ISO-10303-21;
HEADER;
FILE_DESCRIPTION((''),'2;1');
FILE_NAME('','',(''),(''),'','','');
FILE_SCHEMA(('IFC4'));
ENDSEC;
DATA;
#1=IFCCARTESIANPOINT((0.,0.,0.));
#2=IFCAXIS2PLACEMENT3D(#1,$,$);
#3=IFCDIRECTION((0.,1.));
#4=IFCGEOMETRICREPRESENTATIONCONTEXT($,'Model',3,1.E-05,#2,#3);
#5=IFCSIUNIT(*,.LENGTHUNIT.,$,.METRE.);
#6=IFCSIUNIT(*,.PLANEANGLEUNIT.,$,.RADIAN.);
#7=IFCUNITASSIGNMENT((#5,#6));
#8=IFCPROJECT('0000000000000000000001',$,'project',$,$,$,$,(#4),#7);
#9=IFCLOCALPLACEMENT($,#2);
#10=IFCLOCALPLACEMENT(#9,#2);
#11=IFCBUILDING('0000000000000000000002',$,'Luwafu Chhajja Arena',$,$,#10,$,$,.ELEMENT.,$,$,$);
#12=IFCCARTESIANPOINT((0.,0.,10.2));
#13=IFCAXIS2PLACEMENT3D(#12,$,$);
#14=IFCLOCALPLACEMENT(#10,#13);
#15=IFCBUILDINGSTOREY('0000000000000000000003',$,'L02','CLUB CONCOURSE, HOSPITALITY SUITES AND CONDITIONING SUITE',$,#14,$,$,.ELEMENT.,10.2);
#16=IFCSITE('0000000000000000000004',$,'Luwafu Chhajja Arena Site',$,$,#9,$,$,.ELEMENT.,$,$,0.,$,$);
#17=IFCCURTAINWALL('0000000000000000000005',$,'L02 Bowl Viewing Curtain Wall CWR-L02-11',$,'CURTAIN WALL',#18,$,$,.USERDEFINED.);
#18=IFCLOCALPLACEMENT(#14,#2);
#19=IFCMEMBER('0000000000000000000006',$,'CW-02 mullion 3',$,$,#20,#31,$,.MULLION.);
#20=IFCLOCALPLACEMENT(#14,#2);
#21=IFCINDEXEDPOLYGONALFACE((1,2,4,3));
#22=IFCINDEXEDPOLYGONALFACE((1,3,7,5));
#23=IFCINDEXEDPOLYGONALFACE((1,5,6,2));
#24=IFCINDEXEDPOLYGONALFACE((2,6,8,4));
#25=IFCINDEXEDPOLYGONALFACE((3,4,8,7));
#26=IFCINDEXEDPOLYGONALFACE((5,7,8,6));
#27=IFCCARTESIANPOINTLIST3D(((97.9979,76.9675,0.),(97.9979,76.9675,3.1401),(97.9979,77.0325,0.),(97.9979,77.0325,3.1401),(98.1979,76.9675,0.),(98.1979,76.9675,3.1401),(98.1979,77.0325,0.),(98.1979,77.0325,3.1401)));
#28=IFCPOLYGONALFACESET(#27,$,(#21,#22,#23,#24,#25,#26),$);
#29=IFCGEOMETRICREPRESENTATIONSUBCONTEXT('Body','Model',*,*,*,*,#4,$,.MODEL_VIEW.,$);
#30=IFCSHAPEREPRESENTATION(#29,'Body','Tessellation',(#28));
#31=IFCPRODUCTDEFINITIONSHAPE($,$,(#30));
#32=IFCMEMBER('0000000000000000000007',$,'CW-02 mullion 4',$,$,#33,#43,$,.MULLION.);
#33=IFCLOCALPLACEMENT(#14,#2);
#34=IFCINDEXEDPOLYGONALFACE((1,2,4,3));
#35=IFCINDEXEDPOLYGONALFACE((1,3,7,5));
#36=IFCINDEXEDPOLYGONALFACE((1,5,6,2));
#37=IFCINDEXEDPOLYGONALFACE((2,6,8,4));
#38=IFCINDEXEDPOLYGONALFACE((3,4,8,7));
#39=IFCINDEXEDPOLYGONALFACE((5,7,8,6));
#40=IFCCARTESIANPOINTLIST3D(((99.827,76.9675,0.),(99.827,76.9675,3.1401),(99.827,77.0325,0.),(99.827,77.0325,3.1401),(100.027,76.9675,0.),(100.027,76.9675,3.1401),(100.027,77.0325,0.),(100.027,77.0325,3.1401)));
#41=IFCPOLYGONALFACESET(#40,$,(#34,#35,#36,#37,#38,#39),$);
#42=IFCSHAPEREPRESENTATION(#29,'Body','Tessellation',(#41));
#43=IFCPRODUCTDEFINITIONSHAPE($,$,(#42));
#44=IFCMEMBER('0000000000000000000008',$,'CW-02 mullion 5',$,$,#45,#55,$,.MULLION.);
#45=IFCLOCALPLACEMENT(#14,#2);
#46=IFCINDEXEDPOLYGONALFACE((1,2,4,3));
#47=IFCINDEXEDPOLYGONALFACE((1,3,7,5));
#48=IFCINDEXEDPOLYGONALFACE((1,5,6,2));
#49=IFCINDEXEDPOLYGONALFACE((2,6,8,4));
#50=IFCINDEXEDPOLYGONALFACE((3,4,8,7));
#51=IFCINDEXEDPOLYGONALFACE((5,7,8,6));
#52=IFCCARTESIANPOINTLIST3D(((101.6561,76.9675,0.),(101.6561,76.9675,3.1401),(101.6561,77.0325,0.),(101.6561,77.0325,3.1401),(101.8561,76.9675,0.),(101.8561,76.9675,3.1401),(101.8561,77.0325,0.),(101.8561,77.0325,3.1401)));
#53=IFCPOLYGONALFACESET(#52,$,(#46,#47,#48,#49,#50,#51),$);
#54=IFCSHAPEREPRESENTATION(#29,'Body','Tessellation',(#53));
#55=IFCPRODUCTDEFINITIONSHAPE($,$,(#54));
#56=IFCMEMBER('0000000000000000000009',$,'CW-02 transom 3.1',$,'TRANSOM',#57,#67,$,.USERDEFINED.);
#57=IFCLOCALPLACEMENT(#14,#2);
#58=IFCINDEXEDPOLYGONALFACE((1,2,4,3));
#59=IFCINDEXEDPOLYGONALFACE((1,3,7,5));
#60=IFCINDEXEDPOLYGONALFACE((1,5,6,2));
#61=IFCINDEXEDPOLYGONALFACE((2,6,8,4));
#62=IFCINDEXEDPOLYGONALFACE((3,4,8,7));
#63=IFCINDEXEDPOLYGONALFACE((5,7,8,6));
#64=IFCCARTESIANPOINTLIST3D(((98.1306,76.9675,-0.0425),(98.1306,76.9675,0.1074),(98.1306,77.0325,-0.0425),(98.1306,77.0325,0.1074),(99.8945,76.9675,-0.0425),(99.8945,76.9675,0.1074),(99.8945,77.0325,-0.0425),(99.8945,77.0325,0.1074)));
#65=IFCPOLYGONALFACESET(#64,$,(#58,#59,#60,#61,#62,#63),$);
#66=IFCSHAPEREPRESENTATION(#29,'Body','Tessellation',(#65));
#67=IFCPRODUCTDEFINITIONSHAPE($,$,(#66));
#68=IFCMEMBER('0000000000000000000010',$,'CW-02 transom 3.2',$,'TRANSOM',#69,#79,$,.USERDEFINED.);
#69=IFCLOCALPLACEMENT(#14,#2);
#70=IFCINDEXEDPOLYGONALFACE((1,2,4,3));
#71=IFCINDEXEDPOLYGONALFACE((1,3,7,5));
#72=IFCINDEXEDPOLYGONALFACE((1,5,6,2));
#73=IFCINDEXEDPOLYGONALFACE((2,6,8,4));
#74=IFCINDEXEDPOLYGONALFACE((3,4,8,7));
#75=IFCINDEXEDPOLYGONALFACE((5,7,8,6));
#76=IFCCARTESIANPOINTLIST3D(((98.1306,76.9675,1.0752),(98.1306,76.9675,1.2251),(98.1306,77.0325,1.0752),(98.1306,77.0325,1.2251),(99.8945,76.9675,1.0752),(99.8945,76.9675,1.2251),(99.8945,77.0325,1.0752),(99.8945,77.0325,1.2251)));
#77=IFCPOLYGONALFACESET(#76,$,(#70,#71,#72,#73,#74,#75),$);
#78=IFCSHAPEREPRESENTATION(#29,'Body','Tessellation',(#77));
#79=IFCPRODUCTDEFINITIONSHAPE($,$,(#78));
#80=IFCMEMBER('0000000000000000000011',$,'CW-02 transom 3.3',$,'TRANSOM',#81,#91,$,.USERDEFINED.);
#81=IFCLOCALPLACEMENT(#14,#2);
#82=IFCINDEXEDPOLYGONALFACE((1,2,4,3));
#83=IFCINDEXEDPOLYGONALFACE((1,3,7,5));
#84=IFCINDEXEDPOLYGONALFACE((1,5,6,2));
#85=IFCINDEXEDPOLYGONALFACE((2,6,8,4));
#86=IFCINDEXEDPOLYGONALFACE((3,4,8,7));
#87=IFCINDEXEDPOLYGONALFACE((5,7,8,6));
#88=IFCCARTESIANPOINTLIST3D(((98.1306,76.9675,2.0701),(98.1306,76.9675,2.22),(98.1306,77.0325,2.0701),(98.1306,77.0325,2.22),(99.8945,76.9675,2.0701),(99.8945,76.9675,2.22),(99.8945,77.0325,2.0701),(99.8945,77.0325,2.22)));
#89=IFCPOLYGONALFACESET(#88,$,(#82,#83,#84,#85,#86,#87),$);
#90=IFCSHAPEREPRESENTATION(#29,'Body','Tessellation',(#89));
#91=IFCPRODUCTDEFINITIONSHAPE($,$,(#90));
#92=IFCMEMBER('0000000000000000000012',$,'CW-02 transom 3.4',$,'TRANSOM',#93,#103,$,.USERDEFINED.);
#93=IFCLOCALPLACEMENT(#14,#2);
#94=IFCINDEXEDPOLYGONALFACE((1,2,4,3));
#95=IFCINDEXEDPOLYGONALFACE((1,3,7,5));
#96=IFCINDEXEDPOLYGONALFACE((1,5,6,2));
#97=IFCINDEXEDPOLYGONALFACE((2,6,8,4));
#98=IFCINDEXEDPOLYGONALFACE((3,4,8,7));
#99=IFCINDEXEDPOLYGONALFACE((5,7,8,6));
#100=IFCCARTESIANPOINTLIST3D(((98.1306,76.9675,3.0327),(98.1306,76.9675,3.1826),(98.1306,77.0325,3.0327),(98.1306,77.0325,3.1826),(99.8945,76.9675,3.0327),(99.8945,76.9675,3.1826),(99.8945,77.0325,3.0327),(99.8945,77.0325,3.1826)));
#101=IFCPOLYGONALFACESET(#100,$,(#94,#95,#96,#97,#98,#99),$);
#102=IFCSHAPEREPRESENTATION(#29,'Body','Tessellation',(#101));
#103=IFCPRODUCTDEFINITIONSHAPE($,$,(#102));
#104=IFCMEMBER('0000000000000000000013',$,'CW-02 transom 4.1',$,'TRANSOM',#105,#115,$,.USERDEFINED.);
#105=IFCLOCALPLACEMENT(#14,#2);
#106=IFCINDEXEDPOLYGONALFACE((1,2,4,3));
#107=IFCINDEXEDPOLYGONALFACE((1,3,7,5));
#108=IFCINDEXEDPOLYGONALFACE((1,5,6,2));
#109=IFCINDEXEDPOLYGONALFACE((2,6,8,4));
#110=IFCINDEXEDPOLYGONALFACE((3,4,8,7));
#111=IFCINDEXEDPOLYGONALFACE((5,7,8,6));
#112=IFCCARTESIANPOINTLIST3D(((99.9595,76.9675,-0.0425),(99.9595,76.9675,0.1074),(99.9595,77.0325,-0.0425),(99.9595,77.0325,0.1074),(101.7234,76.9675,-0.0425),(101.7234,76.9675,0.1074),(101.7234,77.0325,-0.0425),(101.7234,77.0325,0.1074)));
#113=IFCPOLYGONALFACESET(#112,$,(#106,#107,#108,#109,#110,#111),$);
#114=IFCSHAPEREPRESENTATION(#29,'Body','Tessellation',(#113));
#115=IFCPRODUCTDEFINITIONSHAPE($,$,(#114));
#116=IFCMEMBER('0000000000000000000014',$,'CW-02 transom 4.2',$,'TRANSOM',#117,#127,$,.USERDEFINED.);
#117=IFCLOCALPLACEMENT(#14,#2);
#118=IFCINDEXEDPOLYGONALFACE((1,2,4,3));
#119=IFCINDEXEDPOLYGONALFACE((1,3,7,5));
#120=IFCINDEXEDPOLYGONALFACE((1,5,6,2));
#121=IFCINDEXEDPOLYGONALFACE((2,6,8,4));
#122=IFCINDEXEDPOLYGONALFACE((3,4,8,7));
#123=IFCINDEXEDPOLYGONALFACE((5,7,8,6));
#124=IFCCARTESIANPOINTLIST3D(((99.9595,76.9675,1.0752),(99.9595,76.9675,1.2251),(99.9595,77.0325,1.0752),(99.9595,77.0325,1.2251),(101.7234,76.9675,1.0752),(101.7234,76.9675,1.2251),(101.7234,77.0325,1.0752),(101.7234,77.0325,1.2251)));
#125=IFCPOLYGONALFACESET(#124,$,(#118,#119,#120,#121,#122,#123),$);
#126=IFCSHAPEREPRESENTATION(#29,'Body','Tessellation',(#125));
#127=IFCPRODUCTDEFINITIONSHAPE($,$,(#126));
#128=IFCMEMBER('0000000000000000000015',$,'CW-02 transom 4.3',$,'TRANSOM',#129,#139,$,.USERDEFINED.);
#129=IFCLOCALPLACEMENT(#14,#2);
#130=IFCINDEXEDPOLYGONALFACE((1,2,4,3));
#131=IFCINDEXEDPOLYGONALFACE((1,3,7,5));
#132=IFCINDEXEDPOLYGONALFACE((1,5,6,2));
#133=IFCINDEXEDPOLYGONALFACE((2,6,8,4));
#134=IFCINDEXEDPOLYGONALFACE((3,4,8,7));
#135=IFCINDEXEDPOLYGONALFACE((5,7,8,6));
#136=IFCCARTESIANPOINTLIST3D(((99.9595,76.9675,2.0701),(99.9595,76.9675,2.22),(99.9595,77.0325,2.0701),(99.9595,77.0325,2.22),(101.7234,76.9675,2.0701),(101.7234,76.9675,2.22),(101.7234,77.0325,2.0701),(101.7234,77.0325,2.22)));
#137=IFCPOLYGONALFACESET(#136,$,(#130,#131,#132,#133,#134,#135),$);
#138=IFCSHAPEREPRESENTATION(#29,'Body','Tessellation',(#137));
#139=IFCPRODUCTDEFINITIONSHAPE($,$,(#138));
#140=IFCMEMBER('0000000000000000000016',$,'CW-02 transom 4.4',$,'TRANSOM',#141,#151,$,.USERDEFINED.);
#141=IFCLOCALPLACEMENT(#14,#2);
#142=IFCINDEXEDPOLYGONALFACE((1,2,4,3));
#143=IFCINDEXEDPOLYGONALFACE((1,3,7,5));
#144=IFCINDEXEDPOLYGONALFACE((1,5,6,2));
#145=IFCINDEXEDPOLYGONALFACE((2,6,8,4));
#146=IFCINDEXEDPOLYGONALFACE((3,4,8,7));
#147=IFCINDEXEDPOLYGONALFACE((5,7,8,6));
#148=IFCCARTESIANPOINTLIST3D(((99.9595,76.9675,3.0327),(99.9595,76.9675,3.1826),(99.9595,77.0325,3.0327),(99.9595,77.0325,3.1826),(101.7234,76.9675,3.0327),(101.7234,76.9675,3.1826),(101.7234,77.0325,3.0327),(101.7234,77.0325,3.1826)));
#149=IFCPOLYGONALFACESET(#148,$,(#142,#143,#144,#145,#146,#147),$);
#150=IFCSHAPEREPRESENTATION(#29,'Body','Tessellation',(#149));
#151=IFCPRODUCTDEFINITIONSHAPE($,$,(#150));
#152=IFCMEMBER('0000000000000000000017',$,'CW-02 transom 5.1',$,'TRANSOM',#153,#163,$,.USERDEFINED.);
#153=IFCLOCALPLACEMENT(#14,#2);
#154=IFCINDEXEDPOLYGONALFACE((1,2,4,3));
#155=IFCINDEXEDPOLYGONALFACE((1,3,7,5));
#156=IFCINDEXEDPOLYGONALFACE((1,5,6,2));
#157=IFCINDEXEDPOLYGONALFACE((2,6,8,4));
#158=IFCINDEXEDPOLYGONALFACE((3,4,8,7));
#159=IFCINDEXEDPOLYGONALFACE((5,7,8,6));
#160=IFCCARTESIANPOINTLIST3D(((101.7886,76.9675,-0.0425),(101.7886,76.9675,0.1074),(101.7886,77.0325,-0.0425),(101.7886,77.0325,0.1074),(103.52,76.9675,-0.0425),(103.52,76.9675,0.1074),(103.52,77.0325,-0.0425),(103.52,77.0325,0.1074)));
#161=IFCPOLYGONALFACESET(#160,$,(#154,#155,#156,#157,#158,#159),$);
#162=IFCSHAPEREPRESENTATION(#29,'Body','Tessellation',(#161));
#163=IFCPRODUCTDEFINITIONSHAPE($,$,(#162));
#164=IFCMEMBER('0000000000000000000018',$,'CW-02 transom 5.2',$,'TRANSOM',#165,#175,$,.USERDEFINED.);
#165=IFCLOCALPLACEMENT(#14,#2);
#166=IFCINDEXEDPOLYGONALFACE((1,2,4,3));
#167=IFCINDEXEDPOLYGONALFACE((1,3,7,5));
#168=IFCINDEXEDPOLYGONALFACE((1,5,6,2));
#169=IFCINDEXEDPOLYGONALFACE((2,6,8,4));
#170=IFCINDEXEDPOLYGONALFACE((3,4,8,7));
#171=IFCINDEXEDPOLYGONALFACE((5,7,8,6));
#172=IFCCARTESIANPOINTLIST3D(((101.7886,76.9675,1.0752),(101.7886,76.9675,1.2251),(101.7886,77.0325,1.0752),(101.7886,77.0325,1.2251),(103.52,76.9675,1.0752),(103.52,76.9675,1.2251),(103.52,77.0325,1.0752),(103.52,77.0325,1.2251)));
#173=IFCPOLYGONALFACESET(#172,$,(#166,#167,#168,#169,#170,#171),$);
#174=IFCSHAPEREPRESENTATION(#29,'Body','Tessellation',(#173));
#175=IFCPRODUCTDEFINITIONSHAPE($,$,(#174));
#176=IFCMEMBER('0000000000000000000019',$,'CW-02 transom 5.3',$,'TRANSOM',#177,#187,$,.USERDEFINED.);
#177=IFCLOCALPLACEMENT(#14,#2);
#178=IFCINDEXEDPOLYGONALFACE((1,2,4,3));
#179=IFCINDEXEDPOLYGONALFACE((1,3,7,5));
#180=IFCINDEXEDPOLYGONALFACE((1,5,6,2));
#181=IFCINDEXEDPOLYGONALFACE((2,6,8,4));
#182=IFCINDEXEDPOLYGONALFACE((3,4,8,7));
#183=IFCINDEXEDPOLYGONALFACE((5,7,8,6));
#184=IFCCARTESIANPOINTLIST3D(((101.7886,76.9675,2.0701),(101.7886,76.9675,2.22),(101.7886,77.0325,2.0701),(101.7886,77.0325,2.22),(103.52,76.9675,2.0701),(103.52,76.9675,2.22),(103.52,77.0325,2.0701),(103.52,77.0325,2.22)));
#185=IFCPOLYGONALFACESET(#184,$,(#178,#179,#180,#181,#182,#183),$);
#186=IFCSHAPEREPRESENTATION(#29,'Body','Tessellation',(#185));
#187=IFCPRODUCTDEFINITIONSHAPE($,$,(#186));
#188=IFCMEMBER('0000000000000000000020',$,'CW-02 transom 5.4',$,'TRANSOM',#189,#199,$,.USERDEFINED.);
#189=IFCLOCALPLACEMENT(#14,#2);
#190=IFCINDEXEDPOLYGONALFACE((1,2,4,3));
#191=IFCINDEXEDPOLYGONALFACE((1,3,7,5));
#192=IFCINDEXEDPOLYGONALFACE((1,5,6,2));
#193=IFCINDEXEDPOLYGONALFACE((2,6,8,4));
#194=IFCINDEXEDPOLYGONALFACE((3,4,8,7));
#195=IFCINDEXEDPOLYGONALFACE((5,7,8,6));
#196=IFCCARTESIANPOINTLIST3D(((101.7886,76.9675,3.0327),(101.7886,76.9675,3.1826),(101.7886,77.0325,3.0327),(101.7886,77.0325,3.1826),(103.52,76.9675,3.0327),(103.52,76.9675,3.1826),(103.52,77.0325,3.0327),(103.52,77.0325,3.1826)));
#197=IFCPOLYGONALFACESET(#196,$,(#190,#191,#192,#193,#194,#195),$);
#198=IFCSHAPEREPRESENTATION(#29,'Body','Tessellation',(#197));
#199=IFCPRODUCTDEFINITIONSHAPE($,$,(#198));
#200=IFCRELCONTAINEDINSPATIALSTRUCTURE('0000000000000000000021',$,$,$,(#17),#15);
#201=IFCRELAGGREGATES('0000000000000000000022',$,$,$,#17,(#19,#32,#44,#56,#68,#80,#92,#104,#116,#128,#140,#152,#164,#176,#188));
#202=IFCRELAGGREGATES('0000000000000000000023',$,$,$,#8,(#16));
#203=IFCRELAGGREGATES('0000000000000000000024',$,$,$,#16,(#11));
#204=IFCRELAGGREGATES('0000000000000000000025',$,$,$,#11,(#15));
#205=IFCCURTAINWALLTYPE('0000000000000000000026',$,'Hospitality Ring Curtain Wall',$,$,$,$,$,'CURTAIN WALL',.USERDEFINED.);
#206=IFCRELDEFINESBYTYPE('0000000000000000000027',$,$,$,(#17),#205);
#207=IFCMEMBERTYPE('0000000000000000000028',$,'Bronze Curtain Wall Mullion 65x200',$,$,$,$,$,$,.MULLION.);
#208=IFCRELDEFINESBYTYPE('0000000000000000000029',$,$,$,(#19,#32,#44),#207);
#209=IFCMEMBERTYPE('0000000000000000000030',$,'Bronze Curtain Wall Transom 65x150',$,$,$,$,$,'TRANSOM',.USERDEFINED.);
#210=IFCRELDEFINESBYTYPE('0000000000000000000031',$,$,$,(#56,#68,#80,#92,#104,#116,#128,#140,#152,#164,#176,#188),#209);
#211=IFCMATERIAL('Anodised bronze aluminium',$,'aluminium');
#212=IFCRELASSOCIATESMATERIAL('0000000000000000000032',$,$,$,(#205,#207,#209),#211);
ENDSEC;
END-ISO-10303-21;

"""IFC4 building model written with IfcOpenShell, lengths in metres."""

from ifc_helpers import new_model, si_unit, direction, frame, origin, origin_2d, place, context, subcontext, project, spatial, rectangle, extrude, material, material_profile, profile_set, type_object, element, aggregate, save


model = new_model("IFC4")

# Units and contexts
model_context = context("Model", 3, precision=1e-05, world=origin(), true_north=direction((0.0, 1.0)))
body_context = subcontext(model_context, "Body", "Model", "MODEL_VIEW")
ifc_project = project(units=[si_unit("LENGTHUNIT", "METRE"), si_unit("PLANEANGLEUNIT", "RADIAN")], contexts=[model_context])

# Site, building, storey
site_placement = place(None, origin())
site = spatial("IfcSite", under=ifc_project, at=site_placement, Name="Luwafu Chhajja Arena Site", CompositionType="ELEMENT", RefElevation=0.0)
building_placement = place(site_placement, origin())
building = spatial("IfcBuilding", under=site, at=building_placement, Name="Luwafu Chhajja Arena", CompositionType="ELEMENT")
storey_placement = place(building_placement, frame((0.0, 0.0, 10.2)))
storey = spatial("IfcBuildingStorey", under=building, at=storey_placement, Name="L02", Description="CLUB CONCOURSE, HOSPITALITY SUITES AND CONDITIONING SUITE", CompositionType="ELEMENT", Elevation=10.2)

# Curtain wall, members
ifc_material_1 = material(Name="Anodised bronze aluminium", Category="aluminium")
curtain_wall_type = type_object("IfcCurtainWallType", Name="Hospitality Ring Curtain Wall", ElementType="CURTAIN WALL", PredefinedType="USERDEFINED", material=ifc_material_1)
curtain_wall_placement = place(storey_placement, origin())
curtain_wall = element("IfcCurtainWall", 1, at=curtain_wall_placement, inside=storey, type_object=curtain_wall_type, Name="L02 Bowl Viewing Curtain Wall CWR-L02-11", ObjectType="CURTAIN WALL", PredefinedType="USERDEFINED")
ifc_material_profile_1 = material_profile(ifc_material_1, rectangle(XDim=0.0649, YDim=0.2, at=origin_2d()), Name="CWM 65x200")
ifc_profile_set_1 = profile_set([ifc_material_profile_1], Name="Anodised bronze aluminium")
member_type_1 = type_object("IfcMemberType", Name="Bronze Curtain Wall Mullion 65x200", PredefinedType="MULLION", material=ifc_profile_set_1)
member_1_placement = place(storey_placement, frame((98.0979, 77.0, 0.0), z_axis=(0.0, 0.0, 1.0), x_axis=(0.0, 1.0, 0.0)))
member_1 = element("IfcMember", 2, at=member_1_placement, type_object=member_type_1, Name="CW-02 mullion 3", PredefinedType="MULLION", context=body_context, shape_type="SweptSolid", body=[
    extrude(rectangle(XDim=0.0649, YDim=0.2, at=origin_2d()), origin(), (0.0, 0.0, 1.0), 3.1401),
])
member_2_placement = place(storey_placement, frame((99.927, 77.0, 0.0), z_axis=(0.0, 0.0, 1.0), x_axis=(0.0, 1.0, 0.0)))
member_2 = element("IfcMember", 3, at=member_2_placement, type_object=member_type_1, Name="CW-02 mullion 4", PredefinedType="MULLION", context=body_context, shape_type="SweptSolid", body=[
    extrude(rectangle(XDim=0.0649, YDim=0.2, at=origin_2d()), origin(), (0.0, 0.0, 1.0), 3.1401),
])
member_3_placement = place(storey_placement, frame((101.7561, 77.0, 0.0), z_axis=(0.0, 0.0, 1.0), x_axis=(0.0, 1.0, 0.0)))
member_3 = element("IfcMember", 4, at=member_3_placement, type_object=member_type_1, Name="CW-02 mullion 5", PredefinedType="MULLION", context=body_context, shape_type="SweptSolid", body=[
    extrude(rectangle(XDim=0.0649, YDim=0.2, at=origin_2d()), origin(), (0.0, 0.0, 1.0), 3.1401),
])
ifc_material_profile_2 = material_profile(ifc_material_1, rectangle(XDim=0.0649, YDim=0.1499, at=origin_2d()), Name="CWT 65x150")
ifc_profile_set_2 = profile_set([ifc_material_profile_2], Name="Anodised bronze aluminium")
member_type_2 = type_object("IfcMemberType", Name="Bronze Curtain Wall Transom 65x150", ElementType="TRANSOM", PredefinedType="USERDEFINED", material=ifc_profile_set_2)
member_4_placement = place(storey_placement, frame((98.1306, 77.0, 0.0325), z_axis=(1.0, 0.0, 0.0), x_axis=(0.0, 1.0, 0.0)))
member_4 = element("IfcMember", 5, at=member_4_placement, type_object=member_type_2, Name="CW-02 transom 3.1", ObjectType="TRANSOM", PredefinedType="USERDEFINED", context=body_context, shape_type="SweptSolid", body=[
    extrude(rectangle(XDim=0.0649, YDim=0.1499, at=origin_2d()), origin(), (0.0, 0.0, 1.0), 1.7639),
])
member_5_placement = place(storey_placement, frame((98.1306, 77.0, 1.1501), z_axis=(1.0, 0.0, 0.0), x_axis=(0.0, 1.0, 0.0)))
member_5 = element("IfcMember", 6, at=member_5_placement, type_object=member_type_2, Name="CW-02 transom 3.2", ObjectType="TRANSOM", PredefinedType="USERDEFINED", context=body_context, shape_type="SweptSolid", body=[
    extrude(rectangle(XDim=0.0649, YDim=0.1499, at=origin_2d()), origin(), (0.0, 0.0, 1.0), 1.7639),
])
member_6_placement = place(storey_placement, frame((98.1306, 77.0, 2.145), z_axis=(1.0, 0.0, 0.0), x_axis=(0.0, 1.0, 0.0)))
member_6 = element("IfcMember", 7, at=member_6_placement, type_object=member_type_2, Name="CW-02 transom 3.3", ObjectType="TRANSOM", PredefinedType="USERDEFINED", context=body_context, shape_type="SweptSolid", body=[
    extrude(rectangle(XDim=0.0649, YDim=0.1499, at=origin_2d()), origin(), (0.0, 0.0, 1.0), 1.7639),
])
member_7_placement = place(storey_placement, frame((98.1306, 77.0, 3.1077), z_axis=(1.0, 0.0, 0.0), x_axis=(0.0, 1.0, 0.0)))
member_7 = element("IfcMember", 8, at=member_7_placement, type_object=member_type_2, Name="CW-02 transom 3.4", ObjectType="TRANSOM", PredefinedType="USERDEFINED", context=body_context, shape_type="SweptSolid", body=[
    extrude(rectangle(XDim=0.0649, YDim=0.1499, at=origin_2d()), origin(), (0.0, 0.0, 1.0), 1.7639),
])
member_8_placement = place(storey_placement, frame((99.9595, 77.0, 0.0325), z_axis=(1.0, 0.0, 0.0), x_axis=(0.0, 1.0, 0.0)))
member_8 = element("IfcMember", 9, at=member_8_placement, type_object=member_type_2, Name="CW-02 transom 4.1", ObjectType="TRANSOM", PredefinedType="USERDEFINED", context=body_context, shape_type="SweptSolid", body=[
    extrude(rectangle(XDim=0.0649, YDim=0.1499, at=origin_2d()), origin(), (0.0, 0.0, 1.0), 1.7639),
])
member_9_placement = place(storey_placement, frame((99.9595, 77.0, 1.1501), z_axis=(1.0, 0.0, 0.0), x_axis=(0.0, 1.0, 0.0)))
member_9 = element("IfcMember", 10, at=member_9_placement, type_object=member_type_2, Name="CW-02 transom 4.2", ObjectType="TRANSOM", PredefinedType="USERDEFINED", context=body_context, shape_type="SweptSolid", body=[
    extrude(rectangle(XDim=0.0649, YDim=0.1499, at=origin_2d()), origin(), (0.0, 0.0, 1.0), 1.7639),
])
member_10_placement = place(storey_placement, frame((99.9595, 77.0, 2.145), z_axis=(1.0, 0.0, 0.0), x_axis=(0.0, 1.0, 0.0)))
member_10 = element("IfcMember", 11, at=member_10_placement, type_object=member_type_2, Name="CW-02 transom 4.3", ObjectType="TRANSOM", PredefinedType="USERDEFINED", context=body_context, shape_type="SweptSolid", body=[
    extrude(rectangle(XDim=0.0649, YDim=0.1499, at=origin_2d()), origin(), (0.0, 0.0, 1.0), 1.7639),
])
member_11_placement = place(storey_placement, frame((99.9595, 77.0, 3.1077), z_axis=(1.0, 0.0, 0.0), x_axis=(0.0, 1.0, 0.0)))
member_11 = element("IfcMember", 12, at=member_11_placement, type_object=member_type_2, Name="CW-02 transom 4.4", ObjectType="TRANSOM", PredefinedType="USERDEFINED", context=body_context, shape_type="SweptSolid", body=[
    extrude(rectangle(XDim=0.0649, YDim=0.1499, at=origin_2d()), origin(), (0.0, 0.0, 1.0), 1.7639),
])
member_12_placement = place(storey_placement, frame((101.7886, 77.0, 0.0325), z_axis=(1.0, 0.0, 0.0), x_axis=(0.0, 1.0, 0.0)))
member_12 = element("IfcMember", 13, at=member_12_placement, type_object=member_type_2, Name="CW-02 transom 5.1", ObjectType="TRANSOM", PredefinedType="USERDEFINED", context=body_context, shape_type="SweptSolid", body=[
    extrude(rectangle(XDim=0.0649, YDim=0.1499, at=origin_2d()), origin(), (0.0, 0.0, 1.0), 1.7314),
])
member_13_placement = place(storey_placement, frame((101.7886, 77.0, 1.1501), z_axis=(1.0, 0.0, 0.0), x_axis=(0.0, 1.0, 0.0)))
member_13 = element("IfcMember", 14, at=member_13_placement, type_object=member_type_2, Name="CW-02 transom 5.2", ObjectType="TRANSOM", PredefinedType="USERDEFINED", context=body_context, shape_type="SweptSolid", body=[
    extrude(rectangle(XDim=0.0649, YDim=0.1499, at=origin_2d()), origin(), (0.0, 0.0, 1.0), 1.7314),
])
member_14_placement = place(storey_placement, frame((101.7886, 77.0, 2.145), z_axis=(1.0, 0.0, 0.0), x_axis=(0.0, 1.0, 0.0)))
member_14 = element("IfcMember", 15, at=member_14_placement, type_object=member_type_2, Name="CW-02 transom 5.3", ObjectType="TRANSOM", PredefinedType="USERDEFINED", context=body_context, shape_type="SweptSolid", body=[
    extrude(rectangle(XDim=0.0649, YDim=0.1499, at=origin_2d()), origin(), (0.0, 0.0, 1.0), 1.7314),
])
member_15_placement = place(storey_placement, frame((101.7886, 77.0, 3.1077), z_axis=(1.0, 0.0, 0.0), x_axis=(0.0, 1.0, 0.0)))
member_15 = element("IfcMember", 16, at=member_15_placement, type_object=member_type_2, Name="CW-02 transom 5.4", ObjectType="TRANSOM", PredefinedType="USERDEFINED", context=body_context, shape_type="SweptSolid", body=[
    extrude(rectangle(XDim=0.0649, YDim=0.1499, at=origin_2d()), origin(), (0.0, 0.0, 1.0), 1.7314),
])

aggregate(curtain_wall, [member_1, member_2, member_3, member_4, member_5, member_6, member_7, member_8, member_9, member_10, member_11, member_12, member_13, member_14, member_15])

save(model, "model.ifc")
